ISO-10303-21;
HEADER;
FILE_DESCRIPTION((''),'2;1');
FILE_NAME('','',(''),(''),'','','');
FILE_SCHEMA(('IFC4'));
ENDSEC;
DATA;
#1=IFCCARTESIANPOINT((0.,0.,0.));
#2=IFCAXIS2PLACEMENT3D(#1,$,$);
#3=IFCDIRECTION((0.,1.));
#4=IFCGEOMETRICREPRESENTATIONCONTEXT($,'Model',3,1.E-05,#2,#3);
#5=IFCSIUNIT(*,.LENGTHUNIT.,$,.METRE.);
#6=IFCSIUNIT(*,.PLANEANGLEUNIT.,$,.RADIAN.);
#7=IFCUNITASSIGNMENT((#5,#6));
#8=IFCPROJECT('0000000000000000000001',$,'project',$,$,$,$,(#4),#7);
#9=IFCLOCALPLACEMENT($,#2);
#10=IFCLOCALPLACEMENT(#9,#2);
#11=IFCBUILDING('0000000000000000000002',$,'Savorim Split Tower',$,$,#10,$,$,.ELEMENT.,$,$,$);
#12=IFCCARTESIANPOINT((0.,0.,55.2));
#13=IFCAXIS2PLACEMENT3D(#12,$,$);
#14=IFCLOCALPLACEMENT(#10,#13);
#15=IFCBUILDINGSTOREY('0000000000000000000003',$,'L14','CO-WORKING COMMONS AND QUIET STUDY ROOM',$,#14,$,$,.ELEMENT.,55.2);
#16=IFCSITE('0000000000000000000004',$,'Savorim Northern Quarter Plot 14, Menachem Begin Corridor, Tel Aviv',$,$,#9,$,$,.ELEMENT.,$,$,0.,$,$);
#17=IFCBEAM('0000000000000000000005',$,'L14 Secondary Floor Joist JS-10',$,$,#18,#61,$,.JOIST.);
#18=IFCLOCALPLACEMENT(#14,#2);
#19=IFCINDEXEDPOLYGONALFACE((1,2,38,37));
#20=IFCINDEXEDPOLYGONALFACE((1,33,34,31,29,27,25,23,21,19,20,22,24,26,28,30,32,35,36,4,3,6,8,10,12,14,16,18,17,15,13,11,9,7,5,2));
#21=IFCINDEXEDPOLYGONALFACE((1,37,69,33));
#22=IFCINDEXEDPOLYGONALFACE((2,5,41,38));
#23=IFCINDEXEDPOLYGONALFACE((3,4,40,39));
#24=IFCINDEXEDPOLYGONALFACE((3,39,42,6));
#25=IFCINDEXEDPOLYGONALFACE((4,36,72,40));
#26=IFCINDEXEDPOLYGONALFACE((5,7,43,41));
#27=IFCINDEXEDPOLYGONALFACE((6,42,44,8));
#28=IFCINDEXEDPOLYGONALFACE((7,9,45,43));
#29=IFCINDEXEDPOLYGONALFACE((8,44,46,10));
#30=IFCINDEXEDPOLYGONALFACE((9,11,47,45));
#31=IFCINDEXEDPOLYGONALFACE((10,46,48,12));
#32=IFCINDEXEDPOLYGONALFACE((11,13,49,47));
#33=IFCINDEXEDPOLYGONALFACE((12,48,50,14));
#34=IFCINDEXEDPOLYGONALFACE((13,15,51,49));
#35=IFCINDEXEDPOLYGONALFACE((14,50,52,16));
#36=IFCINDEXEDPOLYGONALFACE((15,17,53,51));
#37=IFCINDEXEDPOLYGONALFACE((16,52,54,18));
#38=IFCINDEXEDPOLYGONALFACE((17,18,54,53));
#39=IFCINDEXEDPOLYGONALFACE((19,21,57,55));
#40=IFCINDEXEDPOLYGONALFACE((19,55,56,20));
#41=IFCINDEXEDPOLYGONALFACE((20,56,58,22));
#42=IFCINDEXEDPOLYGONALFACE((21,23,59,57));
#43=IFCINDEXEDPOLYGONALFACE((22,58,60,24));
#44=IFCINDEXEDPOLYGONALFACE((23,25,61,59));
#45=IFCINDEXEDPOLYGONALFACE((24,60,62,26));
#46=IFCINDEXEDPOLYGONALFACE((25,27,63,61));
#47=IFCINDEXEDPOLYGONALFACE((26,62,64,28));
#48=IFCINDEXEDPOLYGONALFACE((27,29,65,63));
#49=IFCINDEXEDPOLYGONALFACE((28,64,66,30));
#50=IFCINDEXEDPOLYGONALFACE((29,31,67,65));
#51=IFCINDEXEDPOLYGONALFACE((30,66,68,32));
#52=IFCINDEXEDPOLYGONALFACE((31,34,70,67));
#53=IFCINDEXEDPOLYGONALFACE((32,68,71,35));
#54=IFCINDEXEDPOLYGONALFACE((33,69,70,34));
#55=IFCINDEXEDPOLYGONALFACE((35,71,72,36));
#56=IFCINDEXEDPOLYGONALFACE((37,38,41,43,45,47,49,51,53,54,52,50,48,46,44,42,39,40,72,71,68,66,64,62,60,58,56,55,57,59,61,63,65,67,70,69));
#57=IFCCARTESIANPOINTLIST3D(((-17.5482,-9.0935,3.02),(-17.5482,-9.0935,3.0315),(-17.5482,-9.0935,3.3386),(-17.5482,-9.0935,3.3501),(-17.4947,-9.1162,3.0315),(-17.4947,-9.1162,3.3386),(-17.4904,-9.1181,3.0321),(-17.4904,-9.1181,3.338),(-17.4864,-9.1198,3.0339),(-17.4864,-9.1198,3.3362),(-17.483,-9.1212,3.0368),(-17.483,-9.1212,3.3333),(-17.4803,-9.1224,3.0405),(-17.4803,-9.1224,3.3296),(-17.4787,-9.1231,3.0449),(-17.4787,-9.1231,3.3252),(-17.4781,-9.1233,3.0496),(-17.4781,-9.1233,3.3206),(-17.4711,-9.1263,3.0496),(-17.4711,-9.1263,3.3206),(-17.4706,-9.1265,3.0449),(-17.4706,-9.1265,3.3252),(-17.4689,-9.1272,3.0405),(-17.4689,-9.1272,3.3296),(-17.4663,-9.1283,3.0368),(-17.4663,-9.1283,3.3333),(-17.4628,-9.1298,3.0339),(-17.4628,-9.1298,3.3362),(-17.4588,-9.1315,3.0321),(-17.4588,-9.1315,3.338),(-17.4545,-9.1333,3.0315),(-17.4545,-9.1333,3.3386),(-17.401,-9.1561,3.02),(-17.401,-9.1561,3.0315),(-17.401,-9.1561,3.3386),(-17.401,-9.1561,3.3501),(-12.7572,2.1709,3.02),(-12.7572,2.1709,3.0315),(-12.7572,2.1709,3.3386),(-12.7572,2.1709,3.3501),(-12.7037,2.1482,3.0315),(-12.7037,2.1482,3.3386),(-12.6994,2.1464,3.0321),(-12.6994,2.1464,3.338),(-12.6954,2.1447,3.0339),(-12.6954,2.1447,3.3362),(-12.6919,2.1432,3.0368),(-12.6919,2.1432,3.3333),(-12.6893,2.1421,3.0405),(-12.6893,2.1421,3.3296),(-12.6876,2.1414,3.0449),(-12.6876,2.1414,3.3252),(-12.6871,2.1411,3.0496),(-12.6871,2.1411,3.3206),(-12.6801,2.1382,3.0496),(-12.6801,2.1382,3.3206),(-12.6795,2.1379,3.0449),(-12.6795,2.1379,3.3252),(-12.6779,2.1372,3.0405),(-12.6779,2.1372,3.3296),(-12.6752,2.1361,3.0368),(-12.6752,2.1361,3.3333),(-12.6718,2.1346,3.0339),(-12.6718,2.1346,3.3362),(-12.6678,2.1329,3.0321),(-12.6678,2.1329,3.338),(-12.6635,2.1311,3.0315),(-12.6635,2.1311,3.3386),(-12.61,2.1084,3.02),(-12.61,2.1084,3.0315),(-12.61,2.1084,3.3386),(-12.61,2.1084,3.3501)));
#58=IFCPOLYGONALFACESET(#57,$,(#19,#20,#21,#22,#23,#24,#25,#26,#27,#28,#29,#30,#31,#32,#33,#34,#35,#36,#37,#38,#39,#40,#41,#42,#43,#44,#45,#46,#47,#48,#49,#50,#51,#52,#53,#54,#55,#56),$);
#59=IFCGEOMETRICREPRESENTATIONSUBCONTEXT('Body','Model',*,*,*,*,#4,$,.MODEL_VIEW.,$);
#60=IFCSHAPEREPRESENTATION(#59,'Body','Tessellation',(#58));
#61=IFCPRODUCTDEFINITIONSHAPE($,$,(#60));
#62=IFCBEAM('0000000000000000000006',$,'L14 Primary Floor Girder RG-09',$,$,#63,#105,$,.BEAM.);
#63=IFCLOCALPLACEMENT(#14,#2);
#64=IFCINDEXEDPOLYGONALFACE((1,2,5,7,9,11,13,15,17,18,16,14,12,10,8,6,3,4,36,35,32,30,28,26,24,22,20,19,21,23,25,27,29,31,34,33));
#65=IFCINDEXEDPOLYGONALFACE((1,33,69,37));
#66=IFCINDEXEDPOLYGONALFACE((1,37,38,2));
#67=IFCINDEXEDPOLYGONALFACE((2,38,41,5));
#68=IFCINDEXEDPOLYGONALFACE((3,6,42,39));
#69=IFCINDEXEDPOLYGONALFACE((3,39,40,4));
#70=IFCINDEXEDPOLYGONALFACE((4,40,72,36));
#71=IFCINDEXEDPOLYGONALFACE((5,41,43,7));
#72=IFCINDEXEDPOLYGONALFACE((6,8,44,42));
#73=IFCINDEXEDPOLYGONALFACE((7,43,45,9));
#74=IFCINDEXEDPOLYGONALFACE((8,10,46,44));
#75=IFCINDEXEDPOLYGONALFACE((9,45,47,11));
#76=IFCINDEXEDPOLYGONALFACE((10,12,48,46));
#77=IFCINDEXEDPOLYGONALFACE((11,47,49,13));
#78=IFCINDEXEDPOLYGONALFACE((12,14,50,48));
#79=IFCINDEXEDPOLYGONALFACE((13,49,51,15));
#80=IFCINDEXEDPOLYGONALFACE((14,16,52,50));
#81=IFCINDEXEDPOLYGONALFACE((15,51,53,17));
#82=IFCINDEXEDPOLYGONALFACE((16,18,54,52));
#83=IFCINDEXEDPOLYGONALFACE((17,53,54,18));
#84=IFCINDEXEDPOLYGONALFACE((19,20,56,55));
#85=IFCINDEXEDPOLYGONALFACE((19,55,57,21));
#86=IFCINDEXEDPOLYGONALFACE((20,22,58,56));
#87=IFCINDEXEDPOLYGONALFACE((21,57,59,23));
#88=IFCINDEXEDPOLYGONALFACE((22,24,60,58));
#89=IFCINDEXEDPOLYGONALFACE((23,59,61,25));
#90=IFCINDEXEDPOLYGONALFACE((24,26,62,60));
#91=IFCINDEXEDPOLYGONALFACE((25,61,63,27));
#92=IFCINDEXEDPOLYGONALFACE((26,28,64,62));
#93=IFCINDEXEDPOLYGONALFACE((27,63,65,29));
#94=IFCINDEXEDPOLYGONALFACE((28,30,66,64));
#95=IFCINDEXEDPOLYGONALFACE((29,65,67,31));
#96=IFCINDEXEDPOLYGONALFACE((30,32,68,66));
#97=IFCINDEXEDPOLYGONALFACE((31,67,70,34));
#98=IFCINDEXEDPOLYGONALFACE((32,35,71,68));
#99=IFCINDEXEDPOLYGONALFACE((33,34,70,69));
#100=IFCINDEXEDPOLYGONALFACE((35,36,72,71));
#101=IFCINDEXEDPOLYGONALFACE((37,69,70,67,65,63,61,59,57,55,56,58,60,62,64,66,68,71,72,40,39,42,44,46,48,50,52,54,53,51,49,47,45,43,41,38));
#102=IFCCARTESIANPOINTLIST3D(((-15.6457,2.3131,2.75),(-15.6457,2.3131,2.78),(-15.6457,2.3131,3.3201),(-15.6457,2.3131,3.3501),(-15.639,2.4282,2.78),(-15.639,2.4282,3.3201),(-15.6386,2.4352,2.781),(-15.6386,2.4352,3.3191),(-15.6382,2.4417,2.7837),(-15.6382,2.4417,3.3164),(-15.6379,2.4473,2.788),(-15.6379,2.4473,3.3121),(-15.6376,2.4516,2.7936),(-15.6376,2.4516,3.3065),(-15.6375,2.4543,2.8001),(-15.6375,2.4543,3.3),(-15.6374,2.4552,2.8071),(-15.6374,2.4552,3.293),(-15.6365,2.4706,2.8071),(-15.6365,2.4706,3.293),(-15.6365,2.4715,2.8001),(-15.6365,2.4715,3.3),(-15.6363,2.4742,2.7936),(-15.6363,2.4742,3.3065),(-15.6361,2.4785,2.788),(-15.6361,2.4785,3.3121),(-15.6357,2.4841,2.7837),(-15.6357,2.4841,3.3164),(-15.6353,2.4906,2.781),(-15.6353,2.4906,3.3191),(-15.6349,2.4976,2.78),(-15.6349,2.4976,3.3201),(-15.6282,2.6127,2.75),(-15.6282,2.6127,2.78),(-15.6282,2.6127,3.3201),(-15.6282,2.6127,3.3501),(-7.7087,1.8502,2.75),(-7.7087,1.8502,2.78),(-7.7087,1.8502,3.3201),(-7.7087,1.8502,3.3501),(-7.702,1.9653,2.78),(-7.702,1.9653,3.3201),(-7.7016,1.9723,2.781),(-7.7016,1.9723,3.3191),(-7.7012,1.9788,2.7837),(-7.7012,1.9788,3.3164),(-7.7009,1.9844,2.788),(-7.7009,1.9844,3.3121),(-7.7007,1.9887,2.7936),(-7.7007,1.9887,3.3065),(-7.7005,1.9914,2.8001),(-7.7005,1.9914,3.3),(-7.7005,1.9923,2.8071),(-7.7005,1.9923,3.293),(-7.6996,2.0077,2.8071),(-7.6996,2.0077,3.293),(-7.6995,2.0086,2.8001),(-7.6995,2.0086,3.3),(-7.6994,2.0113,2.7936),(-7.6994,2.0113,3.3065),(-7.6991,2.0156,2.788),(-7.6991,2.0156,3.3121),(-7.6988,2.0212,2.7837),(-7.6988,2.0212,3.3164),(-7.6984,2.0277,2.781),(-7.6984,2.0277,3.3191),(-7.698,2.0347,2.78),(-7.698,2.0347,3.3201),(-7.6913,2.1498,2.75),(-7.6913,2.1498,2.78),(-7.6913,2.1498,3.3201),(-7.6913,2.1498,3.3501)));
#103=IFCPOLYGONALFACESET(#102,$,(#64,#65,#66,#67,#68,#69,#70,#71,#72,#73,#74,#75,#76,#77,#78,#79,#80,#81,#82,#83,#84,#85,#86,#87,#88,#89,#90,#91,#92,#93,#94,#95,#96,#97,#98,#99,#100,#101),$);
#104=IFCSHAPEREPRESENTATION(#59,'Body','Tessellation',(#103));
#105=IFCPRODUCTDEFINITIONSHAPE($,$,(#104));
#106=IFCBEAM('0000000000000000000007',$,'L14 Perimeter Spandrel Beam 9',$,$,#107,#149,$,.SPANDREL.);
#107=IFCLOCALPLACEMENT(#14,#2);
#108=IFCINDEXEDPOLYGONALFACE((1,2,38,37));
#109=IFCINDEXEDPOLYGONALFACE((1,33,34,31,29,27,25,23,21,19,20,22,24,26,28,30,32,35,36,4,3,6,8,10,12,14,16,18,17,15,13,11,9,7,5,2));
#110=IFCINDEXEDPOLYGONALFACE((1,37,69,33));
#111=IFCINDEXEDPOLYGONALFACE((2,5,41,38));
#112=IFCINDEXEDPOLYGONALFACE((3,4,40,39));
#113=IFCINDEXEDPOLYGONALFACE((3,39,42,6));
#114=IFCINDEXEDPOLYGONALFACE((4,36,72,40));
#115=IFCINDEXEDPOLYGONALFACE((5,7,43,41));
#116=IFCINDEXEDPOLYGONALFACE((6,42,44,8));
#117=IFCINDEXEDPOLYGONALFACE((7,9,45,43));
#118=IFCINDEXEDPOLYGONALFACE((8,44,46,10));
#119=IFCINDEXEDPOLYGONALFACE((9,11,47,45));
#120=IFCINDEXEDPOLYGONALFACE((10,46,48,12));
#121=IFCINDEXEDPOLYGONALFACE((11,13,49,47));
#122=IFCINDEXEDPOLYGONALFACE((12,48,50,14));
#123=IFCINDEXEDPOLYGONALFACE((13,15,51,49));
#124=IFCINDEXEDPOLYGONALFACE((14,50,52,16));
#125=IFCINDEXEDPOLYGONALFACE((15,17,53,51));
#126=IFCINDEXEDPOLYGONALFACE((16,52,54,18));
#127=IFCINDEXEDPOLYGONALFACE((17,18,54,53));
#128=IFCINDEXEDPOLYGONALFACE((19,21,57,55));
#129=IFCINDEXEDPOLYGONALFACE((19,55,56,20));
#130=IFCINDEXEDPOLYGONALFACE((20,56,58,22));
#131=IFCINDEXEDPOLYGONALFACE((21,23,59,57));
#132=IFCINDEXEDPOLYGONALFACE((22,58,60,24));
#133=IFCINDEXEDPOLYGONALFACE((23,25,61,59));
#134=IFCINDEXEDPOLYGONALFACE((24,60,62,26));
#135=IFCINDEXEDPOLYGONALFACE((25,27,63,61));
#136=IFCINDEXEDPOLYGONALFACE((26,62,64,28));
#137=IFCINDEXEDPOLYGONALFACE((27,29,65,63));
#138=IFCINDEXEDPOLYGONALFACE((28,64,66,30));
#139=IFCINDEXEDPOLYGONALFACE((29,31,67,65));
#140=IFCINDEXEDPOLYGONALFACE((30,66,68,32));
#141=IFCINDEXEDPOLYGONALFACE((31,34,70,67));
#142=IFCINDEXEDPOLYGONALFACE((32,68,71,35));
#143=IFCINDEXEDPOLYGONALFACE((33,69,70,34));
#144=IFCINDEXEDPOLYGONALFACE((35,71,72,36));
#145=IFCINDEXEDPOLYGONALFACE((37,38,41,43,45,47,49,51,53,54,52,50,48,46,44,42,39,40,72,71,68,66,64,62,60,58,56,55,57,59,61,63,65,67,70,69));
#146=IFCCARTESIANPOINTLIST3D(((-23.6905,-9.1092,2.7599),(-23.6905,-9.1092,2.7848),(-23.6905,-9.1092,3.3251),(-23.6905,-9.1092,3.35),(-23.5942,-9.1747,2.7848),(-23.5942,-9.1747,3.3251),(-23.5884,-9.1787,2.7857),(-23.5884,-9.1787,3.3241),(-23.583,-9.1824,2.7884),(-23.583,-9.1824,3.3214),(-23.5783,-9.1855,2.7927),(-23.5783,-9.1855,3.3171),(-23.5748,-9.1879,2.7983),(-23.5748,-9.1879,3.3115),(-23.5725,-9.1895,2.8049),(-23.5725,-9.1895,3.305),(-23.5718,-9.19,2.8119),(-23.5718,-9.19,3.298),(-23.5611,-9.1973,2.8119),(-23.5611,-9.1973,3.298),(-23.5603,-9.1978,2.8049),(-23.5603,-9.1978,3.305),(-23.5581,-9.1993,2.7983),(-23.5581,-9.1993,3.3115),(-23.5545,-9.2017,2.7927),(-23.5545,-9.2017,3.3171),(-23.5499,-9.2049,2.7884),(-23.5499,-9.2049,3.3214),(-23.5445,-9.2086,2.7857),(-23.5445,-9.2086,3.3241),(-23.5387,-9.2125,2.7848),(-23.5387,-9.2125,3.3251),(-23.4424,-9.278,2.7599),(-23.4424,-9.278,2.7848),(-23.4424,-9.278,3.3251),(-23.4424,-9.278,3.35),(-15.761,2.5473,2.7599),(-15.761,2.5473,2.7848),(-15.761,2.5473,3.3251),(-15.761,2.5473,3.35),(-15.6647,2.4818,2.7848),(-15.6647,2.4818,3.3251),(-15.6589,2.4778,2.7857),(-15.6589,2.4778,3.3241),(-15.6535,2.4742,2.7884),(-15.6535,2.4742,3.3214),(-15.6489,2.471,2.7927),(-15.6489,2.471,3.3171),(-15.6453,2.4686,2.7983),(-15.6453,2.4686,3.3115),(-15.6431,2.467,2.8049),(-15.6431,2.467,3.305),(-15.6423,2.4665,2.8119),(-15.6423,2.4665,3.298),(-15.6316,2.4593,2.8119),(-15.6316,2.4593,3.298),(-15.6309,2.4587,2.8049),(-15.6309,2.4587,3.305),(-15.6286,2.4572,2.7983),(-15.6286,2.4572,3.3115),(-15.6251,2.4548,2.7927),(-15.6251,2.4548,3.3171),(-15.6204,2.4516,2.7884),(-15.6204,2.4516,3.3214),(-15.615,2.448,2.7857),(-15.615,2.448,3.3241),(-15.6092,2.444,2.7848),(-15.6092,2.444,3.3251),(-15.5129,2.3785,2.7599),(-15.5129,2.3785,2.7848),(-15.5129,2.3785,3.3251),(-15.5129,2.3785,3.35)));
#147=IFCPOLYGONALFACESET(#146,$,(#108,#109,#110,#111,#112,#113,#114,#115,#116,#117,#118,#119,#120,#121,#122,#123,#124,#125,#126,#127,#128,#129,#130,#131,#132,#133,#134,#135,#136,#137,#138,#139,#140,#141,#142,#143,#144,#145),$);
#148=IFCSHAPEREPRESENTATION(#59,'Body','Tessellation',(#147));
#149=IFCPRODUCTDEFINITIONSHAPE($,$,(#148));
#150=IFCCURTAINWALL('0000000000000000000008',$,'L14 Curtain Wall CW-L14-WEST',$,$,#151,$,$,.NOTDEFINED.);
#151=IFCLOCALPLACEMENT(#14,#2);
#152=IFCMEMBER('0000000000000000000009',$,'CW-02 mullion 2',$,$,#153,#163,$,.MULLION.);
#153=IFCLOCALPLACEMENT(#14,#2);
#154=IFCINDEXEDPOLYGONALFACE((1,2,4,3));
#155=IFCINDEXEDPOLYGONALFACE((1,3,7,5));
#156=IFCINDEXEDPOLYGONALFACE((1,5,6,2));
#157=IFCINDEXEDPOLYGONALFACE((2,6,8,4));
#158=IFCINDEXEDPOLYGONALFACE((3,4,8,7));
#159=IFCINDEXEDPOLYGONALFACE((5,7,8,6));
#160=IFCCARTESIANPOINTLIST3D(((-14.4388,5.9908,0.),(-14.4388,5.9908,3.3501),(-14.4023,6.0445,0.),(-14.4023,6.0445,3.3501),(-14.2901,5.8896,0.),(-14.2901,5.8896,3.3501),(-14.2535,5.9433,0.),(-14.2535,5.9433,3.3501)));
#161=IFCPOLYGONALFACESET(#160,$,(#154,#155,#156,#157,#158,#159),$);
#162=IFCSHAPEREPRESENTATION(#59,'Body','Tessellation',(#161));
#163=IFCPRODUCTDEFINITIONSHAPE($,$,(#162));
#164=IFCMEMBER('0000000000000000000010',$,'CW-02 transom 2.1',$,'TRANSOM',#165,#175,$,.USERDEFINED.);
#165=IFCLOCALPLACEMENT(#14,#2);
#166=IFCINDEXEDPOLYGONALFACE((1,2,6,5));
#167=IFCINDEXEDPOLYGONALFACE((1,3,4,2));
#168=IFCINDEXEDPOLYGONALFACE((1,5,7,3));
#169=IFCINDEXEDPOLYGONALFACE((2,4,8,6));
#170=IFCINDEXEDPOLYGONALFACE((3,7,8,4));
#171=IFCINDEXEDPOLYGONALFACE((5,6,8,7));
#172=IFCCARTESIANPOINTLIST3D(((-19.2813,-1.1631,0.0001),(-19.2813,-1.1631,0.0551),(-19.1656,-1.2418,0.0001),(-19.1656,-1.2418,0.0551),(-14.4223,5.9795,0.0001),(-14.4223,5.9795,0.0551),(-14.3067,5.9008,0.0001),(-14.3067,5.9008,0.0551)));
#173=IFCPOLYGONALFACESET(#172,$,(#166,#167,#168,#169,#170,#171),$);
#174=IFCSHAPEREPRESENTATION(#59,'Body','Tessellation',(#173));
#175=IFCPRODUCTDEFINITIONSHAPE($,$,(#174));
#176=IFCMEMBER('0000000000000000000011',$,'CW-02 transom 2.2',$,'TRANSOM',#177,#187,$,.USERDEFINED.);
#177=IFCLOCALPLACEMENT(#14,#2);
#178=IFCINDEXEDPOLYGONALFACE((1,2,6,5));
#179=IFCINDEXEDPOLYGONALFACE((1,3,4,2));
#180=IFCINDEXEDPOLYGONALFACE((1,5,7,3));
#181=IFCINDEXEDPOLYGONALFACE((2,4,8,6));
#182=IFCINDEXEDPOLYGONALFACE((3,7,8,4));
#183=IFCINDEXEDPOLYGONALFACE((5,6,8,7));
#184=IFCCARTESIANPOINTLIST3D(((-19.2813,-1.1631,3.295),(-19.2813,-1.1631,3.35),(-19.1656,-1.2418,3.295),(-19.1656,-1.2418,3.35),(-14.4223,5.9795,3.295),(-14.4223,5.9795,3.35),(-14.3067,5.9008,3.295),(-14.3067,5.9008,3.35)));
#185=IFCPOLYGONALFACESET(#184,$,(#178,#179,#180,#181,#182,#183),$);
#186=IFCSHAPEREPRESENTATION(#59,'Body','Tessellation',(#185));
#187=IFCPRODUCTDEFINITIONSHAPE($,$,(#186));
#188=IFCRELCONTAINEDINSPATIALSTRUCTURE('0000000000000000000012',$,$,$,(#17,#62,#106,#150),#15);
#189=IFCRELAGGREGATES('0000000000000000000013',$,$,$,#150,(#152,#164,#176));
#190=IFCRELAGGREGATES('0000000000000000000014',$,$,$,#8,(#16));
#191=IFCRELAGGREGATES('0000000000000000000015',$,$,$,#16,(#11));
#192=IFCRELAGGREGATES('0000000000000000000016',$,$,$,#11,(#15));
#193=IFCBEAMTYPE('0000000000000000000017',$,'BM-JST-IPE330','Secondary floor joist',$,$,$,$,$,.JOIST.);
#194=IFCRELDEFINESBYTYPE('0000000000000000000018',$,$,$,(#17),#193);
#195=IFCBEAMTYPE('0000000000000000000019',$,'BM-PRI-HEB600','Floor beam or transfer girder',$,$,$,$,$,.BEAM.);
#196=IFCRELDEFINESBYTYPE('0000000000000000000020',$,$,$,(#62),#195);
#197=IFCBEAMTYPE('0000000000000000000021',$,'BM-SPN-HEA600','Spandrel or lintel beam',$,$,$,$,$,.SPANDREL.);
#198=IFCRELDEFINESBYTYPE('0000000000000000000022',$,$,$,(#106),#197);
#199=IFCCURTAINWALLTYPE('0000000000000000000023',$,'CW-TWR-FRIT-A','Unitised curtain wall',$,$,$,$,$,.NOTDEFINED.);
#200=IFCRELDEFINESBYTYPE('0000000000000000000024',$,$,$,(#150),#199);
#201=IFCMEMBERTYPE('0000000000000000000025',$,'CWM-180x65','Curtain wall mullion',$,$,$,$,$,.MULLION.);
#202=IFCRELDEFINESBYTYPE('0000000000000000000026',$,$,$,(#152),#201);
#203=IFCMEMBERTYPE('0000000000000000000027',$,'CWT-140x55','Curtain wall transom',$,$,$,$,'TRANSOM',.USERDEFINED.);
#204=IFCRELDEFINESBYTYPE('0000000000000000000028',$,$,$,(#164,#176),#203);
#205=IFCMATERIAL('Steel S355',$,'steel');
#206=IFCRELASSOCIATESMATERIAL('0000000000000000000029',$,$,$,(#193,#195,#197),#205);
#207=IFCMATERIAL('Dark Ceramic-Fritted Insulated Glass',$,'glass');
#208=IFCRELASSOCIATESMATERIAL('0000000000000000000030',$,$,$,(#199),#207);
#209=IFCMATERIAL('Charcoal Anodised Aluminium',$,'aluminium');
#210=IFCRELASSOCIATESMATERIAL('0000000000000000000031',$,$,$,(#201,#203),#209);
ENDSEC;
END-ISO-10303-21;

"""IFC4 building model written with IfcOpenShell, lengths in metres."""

from ifc_helpers import new_model, si_unit, direction, frame, origin, origin_2d, place, context, subcontext, project, spatial, rectangle, i_section, extrude, material, material_profile, profile_set, type_object, element, aggregate, save


model = new_model("IFC4")

# Units and contexts
model_context = context("Model", 3, precision=1e-05, world=origin(), true_north=direction((0.0, 1.0)))
body_context = subcontext(model_context, "Body", "Model", "MODEL_VIEW")
ifc_project = project(units=[si_unit("LENGTHUNIT", "METRE"), si_unit("PLANEANGLEUNIT", "RADIAN")], contexts=[model_context])

# Site, building, storey
site_placement = place(None, origin())
site = spatial("IfcSite", under=ifc_project, at=site_placement, Name="Savorim Northern Quarter Plot 14, Menachem Begin Corridor, Tel Aviv", CompositionType="ELEMENT", RefElevation=0.0)
building_placement = place(site_placement, origin())
building = spatial("IfcBuilding", under=site, at=building_placement, Name="Savorim Split Tower", CompositionType="ELEMENT")
storey_placement = place(building_placement, frame((0.0, 0.0, 55.2)))
storey = spatial("IfcBuildingStorey", under=building, at=storey_placement, Name="L14", Description="CO-WORKING COMMONS AND QUIET STUDY ROOM", CompositionType="ELEMENT", Elevation=55.2)

# Beams
ifc_material_1 = material(Name="Steel S355", Category="steel")
ifc_material_profile_1 = material_profile(ifc_material_1, i_section(OverallWidth=0.1599, OverallDepth=0.3301, WebThickness=0.0076, FlangeThickness=0.0115, FilletRadius=0.0181, at=origin_2d()), Name="IPE 330")
ifc_profile_set_1 = profile_set([ifc_material_profile_1], Name="Steel S355")
beam_type_1 = type_object("IfcBeamType", Name="BM-JST-IPE330", Description="Secondary floor joist", PredefinedType="JOIST", material=ifc_profile_set_1)
beam_1_placement = place(storey_placement, frame((-12.6836, 2.1396, 3.1851), z_axis=(-0.391393, -0.920224, 0.0), x_axis=(0.920224, -0.391393, 0.0)))
element("IfcBeam", 1, at=beam_1_placement, inside=storey, type_object=beam_type_1, Name="L14 Secondary Floor Joist JS-10", PredefinedType="JOIST", context=body_context, shape_type="SweptSolid", body=[
    extrude(i_section(OverallWidth=0.1599, OverallDepth=0.3301, WebThickness=0.0076, FlangeThickness=0.0115, FilletRadius=0.0181, at=origin_2d()), origin(), (0.0, 0.0, 1.0), 12.241),
])
ifc_material_profile_2 = material_profile(ifc_material_1, i_section(OverallWidth=0.3, OverallDepth=0.6001, WebThickness=0.0154, FlangeThickness=0.03, FilletRadius=0.0271, at=origin_2d()), Name="HEB 600")
ifc_profile_set_2 = profile_set([ifc_material_profile_2], Name="Steel S355")
beam_type_2 = type_object("IfcBeamType", Name="BM-PRI-HEB600", Description="Floor beam or transfer girder", PredefinedType="BEAM", material=ifc_profile_set_2)
beam_2_placement = place(storey_placement, frame((-15.637, 2.4629, 3.05), z_axis=(0.998304, -0.058222, 0.0), x_axis=(0.058222, 0.998304, 0.0)))
element("IfcBeam", 2, at=beam_2_placement, inside=storey, type_object=beam_type_2, Name="L14 Primary Floor Girder RG-09", PredefinedType="BEAM", context=body_context, shape_type="SweptSolid", body=[
    extrude(i_section(OverallWidth=0.3, OverallDepth=0.6001, WebThickness=0.0154, FlangeThickness=0.03, FilletRadius=0.0271, at=origin_2d()), origin(), (0.0, 0.0, 1.0), 7.9504),
])
ifc_material_profile_3 = material_profile(ifc_material_1, i_section(OverallWidth=0.3, OverallDepth=0.5901, WebThickness=0.0129, FlangeThickness=0.0249, FilletRadius=0.0271, at=origin_2d()), Name="HEA 600")
ifc_profile_set_3 = profile_set([ifc_material_profile_3], Name="Steel S355")
beam_type_3 = type_object("IfcBeamType", Name="BM-SPN-HEA600", Description="Spandrel or lintel beam", PredefinedType="SPANDREL", material=ifc_profile_set_3)
beam_3_placement = place(storey_placement, frame((-15.637, 2.4629, 3.0549), z_axis=(-0.562457, -0.826827, 0.0), x_axis=(0.826827, -0.562457, 0.0)))
element("IfcBeam", 3, at=beam_3_placement, inside=storey, type_object=beam_type_3, Name="L14 Perimeter Spandrel Beam 9", PredefinedType="SPANDREL", context=body_context, shape_type="SweptSolid", body=[
    extrude(i_section(OverallWidth=0.3, OverallDepth=0.5901, WebThickness=0.0129, FlangeThickness=0.0249, FilletRadius=0.0271, at=origin_2d()), origin(), (0.0, 0.0, 1.0), 14.0979),
])

# Curtain wall, members
ifc_material_2 = material(Name="Dark Ceramic-Fritted Insulated Glass", Category="glass")
curtain_wall_type = type_object("IfcCurtainWallType", Name="CW-TWR-FRIT-A", Description="Unitised curtain wall", PredefinedType="NOTDEFINED", material=ifc_material_2)
curtain_wall_placement = place(storey_placement, origin())
curtain_wall = element("IfcCurtainWall", 4, at=curtain_wall_placement, inside=storey, type_object=curtain_wall_type, Name="L14 Curtain Wall CW-L14-WEST", PredefinedType="NOTDEFINED")
ifc_material_3 = material(Name="Charcoal Anodised Aluminium", Category="aluminium")
ifc_material_profile_4 = material_profile(ifc_material_3, rectangle(XDim=0.1799, YDim=0.0649, at=origin_2d()), Name="ALU-M 180x65")
ifc_profile_set_4 = profile_set([ifc_material_profile_4], Name="Charcoal Anodised Aluminium")
member_type_1 = type_object("IfcMemberType", Name="CWM-180x65", Description="Curtain wall mullion", PredefinedType="MULLION", material=ifc_profile_set_4)
member_1_placement = place(storey_placement, frame((-14.3462, 5.967, 0.0), z_axis=(0.0, 0.0, 1.0), x_axis=(0.82682, -0.562466, 0.0)))
member_1 = element("IfcMember", 5, at=member_1_placement, type_object=member_type_1, Name="CW-02 mullion 2", PredefinedType="MULLION", context=body_context, shape_type="SweptSolid", body=[
    extrude(rectangle(XDim=0.1799, YDim=0.0649, at=origin_2d()), origin(), (0.0, 0.0, 1.0), 3.3501),
])
ifc_material_profile_5 = material_profile(ifc_material_3, rectangle(XDim=0.1399, YDim=0.0549, at=origin_2d()), Name="ALU-T 140x55")
ifc_profile_set_5 = profile_set([ifc_material_profile_5], Name="Charcoal Anodised Aluminium")
member_type_2 = type_object("IfcMemberType", Name="CWT-140x55", Description="Curtain wall transom", ElementType="TRANSOM", PredefinedType="USERDEFINED", material=ifc_profile_set_5)
member_2_placement = place(storey_placement, frame((-14.3645, 5.9402, 0.0276), z_axis=(-0.562463, -0.826822, 0.0), x_axis=(0.826822, -0.562463, 0.0)))
member_2 = element("IfcMember", 6, at=member_2_placement, type_object=member_type_2, Name="CW-02 transom 2.1", ObjectType="TRANSOM", PredefinedType="USERDEFINED", context=body_context, shape_type="SweptSolid", body=[
    extrude(rectangle(XDim=0.1399, YDim=0.0549, at=origin_2d()), origin(), (0.0, 0.0, 1.0), 8.6387),
])
member_3_placement = place(storey_placement, frame((-14.3645, 5.9402, 3.3225), z_axis=(-0.562463, -0.826822, 0.0), x_axis=(0.826822, -0.562463, 0.0)))
member_3 = element("IfcMember", 7, at=member_3_placement, type_object=member_type_2, Name="CW-02 transom 2.2", ObjectType="TRANSOM", PredefinedType="USERDEFINED", context=body_context, shape_type="SweptSolid", body=[
    extrude(rectangle(XDim=0.1399, YDim=0.0549, at=origin_2d()), origin(), (0.0, 0.0, 1.0), 8.6387),
])
aggregate(curtain_wall, [member_1, member_2, member_3])

save(model, "model.ifc")
